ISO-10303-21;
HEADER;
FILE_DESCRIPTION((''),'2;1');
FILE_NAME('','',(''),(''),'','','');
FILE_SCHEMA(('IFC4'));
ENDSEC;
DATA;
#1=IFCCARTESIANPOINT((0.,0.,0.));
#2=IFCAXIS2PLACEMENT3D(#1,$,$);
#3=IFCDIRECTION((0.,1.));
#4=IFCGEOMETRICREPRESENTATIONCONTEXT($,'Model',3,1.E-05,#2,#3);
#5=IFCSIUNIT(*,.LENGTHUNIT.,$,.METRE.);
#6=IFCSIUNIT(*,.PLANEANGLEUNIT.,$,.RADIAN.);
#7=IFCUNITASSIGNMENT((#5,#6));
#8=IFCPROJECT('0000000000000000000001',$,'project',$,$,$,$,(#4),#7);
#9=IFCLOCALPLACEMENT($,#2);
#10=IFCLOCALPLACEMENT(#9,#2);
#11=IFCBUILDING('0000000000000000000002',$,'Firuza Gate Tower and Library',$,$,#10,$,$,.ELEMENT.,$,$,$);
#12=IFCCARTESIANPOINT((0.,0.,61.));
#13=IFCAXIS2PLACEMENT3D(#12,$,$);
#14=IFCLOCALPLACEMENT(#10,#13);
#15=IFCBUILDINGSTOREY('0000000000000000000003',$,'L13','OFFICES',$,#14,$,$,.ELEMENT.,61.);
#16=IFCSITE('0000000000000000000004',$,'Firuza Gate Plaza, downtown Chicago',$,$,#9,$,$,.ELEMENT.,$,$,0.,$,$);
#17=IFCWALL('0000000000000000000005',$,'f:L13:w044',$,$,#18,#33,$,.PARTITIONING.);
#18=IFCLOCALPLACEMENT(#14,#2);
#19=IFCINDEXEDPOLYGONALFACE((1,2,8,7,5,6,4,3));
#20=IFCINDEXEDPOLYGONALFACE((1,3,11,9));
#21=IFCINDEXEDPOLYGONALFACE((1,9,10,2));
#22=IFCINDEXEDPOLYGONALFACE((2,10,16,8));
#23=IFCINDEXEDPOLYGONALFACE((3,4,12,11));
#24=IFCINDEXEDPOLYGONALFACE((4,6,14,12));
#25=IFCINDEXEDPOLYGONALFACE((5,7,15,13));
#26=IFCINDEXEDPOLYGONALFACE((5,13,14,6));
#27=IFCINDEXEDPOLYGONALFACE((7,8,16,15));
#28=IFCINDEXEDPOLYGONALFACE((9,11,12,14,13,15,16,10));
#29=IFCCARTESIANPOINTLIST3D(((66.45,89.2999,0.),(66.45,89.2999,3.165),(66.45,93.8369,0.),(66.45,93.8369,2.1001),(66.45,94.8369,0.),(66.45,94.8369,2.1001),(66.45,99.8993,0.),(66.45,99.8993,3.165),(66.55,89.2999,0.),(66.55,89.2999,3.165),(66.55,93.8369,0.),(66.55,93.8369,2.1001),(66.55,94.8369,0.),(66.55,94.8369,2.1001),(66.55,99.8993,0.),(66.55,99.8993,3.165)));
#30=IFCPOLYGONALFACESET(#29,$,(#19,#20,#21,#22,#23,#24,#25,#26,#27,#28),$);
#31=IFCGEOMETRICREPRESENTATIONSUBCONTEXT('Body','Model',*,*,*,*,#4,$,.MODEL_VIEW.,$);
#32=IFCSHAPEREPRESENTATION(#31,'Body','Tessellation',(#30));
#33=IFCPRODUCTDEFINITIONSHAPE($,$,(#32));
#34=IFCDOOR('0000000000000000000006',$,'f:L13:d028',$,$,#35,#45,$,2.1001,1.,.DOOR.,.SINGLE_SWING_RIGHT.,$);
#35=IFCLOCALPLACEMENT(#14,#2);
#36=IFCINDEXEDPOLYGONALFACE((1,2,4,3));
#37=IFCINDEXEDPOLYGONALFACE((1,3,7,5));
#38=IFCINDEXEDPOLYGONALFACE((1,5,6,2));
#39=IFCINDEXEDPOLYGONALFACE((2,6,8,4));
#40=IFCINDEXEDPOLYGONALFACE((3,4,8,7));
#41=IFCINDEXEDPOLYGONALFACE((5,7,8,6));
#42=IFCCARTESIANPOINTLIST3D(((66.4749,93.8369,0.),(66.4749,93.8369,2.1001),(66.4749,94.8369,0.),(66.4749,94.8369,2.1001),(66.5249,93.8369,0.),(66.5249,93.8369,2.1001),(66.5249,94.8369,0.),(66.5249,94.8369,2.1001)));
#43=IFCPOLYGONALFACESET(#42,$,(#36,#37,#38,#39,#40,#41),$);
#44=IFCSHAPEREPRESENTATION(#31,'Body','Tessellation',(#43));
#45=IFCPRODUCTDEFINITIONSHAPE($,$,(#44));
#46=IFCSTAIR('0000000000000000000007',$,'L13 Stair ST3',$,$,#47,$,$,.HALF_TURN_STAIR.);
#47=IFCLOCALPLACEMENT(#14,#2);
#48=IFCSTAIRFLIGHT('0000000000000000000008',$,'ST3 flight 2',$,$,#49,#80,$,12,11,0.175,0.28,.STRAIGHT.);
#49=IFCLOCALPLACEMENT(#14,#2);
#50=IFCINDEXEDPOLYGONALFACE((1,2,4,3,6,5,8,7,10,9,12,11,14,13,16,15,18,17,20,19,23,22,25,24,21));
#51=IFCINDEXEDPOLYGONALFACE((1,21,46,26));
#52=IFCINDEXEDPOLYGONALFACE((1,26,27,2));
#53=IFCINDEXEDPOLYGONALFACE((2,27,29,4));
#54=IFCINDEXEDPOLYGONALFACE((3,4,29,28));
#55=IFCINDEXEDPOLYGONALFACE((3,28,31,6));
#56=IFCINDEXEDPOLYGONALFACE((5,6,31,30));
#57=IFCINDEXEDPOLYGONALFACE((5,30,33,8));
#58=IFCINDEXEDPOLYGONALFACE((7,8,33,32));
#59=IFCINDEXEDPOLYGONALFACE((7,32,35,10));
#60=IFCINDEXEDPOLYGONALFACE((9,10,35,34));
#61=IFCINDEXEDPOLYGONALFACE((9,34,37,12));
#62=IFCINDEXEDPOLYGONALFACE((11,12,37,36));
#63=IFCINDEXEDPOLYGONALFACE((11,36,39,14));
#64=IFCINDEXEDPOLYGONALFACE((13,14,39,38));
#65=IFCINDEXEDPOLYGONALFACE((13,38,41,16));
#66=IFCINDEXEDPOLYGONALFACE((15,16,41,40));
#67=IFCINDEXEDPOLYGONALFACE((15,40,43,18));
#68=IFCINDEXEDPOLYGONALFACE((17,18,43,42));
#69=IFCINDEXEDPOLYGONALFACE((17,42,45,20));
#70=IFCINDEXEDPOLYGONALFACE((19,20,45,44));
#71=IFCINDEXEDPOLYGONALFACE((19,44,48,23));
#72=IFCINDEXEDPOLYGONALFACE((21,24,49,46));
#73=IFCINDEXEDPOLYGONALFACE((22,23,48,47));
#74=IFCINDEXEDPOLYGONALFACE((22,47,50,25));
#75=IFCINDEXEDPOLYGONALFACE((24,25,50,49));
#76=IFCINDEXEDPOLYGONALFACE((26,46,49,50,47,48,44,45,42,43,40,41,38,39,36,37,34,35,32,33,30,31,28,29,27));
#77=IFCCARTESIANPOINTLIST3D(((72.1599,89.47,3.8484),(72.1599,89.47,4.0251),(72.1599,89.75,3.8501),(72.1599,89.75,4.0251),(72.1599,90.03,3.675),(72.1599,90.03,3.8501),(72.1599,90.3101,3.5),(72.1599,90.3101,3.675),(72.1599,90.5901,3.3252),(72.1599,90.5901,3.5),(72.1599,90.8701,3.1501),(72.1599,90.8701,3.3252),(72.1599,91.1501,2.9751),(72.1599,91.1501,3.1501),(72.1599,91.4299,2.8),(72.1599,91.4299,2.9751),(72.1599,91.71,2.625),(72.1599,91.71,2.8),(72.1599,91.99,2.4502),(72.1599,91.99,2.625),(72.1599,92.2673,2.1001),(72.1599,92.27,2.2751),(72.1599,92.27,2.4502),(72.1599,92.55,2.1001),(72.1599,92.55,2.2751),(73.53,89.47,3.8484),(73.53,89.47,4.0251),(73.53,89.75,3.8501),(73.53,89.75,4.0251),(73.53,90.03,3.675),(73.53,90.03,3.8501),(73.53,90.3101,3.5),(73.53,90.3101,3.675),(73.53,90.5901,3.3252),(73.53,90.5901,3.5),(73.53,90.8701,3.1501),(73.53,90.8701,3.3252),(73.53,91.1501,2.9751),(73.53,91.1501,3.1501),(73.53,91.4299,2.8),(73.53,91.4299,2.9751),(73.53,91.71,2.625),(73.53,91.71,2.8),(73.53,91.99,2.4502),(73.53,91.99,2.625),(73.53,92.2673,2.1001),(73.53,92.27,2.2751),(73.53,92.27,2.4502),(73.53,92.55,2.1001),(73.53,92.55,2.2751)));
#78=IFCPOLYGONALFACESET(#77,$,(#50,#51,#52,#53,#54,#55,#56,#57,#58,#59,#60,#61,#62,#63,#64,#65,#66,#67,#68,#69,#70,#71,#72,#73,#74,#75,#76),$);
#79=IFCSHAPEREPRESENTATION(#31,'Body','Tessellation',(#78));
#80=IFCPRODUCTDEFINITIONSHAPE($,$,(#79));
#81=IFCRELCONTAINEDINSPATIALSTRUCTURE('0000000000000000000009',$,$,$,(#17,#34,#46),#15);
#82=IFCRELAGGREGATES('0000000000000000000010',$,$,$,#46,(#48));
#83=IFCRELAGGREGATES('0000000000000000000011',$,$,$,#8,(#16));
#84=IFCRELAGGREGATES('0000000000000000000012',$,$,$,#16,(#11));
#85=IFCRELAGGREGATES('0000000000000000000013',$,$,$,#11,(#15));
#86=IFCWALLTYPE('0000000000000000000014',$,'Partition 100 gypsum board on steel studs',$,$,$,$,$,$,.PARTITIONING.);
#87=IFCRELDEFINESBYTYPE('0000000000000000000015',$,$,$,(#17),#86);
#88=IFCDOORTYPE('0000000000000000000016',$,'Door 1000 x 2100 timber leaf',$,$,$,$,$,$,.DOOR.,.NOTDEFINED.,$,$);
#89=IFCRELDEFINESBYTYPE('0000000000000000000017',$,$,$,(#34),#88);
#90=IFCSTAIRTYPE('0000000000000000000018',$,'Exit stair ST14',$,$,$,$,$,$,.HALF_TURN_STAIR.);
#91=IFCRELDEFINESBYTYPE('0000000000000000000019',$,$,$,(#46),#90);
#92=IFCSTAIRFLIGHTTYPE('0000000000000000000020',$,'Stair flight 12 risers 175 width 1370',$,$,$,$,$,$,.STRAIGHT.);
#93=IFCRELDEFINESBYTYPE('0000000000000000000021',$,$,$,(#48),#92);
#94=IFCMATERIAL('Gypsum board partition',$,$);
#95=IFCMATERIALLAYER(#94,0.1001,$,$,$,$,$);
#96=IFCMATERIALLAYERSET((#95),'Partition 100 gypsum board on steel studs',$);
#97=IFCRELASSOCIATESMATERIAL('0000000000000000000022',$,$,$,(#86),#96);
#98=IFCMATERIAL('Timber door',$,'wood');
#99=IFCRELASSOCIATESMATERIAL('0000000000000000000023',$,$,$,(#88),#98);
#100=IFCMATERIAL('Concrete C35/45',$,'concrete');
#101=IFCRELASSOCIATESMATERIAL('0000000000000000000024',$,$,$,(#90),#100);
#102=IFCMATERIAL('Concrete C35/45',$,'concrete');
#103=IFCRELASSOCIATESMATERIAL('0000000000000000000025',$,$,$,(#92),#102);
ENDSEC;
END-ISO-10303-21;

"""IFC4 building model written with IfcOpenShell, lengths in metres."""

from ifc_helpers import new_model, si_unit, direction, frame, frame_2d, origin, place, context, subcontext, project, spatial, polyline, rectangle, outline, extrude, material, layer, layer_set, type_object, element, fill, aggregate, save


model = new_model("IFC4")

# Units and contexts
model_context = context("Model", 3, precision=1e-05, world=origin(), true_north=direction((0.0, 1.0)))
body_context = subcontext(model_context, "Body", "Model", "MODEL_VIEW")
ifc_project = project(units=[si_unit("LENGTHUNIT", "METRE"), si_unit("PLANEANGLEUNIT", "RADIAN")], contexts=[model_context])

# Site, building, storey
site_placement = place(None, origin())
site = spatial("IfcSite", under=ifc_project, at=site_placement, Name="Firuza Gate Plaza, downtown Chicago", CompositionType="ELEMENT", RefElevation=0.0)
building_placement = place(site_placement, origin())
building = spatial("IfcBuilding", under=site, at=building_placement, Name="Firuza Gate Tower and Library", CompositionType="ELEMENT")
storey_placement = place(building_placement, frame((0.0, 0.0, 61.0)))
storey = spatial("IfcBuildingStorey", under=building, at=storey_placement, Name="L13", Description="OFFICES", CompositionType="ELEMENT", Elevation=61.0)

# Shared definitions
placement = place(storey_placement, origin())

# Shared definitions
ifc_material_1 = material(Name="Gypsum board partition")
ifc_layer_1 = layer(ifc_material_1, 0.1001)
ifc_layer_set_1 = layer_set([ifc_layer_1], Name="Partition 100 gypsum board on steel studs")
wall_type_1 = type_object("IfcWallType", Name="Partition 100 gypsum board on steel studs", PredefinedType="PARTITIONING", material=ifc_layer_set_1)

# Wall, opening, door
wall_1_placement = place(storey_placement, frame((66.5, 99.8994, 0.0), z_axis=(0.0, 0.0, 1.0), x_axis=(0.0, -1.0, 0.0)))
wall_1 = element("IfcWall", 1, at=wall_1_placement, inside=storey, type_object=wall_type_1, Name="f:L13:w044", PredefinedType="PARTITIONING", context=body_context, shape_type="SweptSolid", body=[
    extrude(rectangle(XDim=10.5994, YDim=0.1001, at=frame_2d((5.2998, 0.0))), origin(), (0.0, 0.0, 1.0), 3.165),
])
opening_1_placement = place(wall_1_placement, frame((5.0625, 0.0, 0.0)))
opening_1 = element("IfcOpeningElement", 2, at=opening_1_placement, cuts=wall_1, PredefinedType="OPENING", context=body_context, shape_type="SweptSolid", body=[
    extrude(rectangle(XDim=1.0, YDim=2.1001, at=frame_2d((0.5, 1.05))), frame((0.0, 0.0601, 0.0), z_axis=(0.0, -1.0, 0.0), x_axis=(1.0, 0.0, 0.0)), (0.0, 0.0, 1.0), 0.1201),
])
ifc_material_2 = material(Name="Timber door", Category="wood")
door_type_1 = type_object("IfcDoorType", Name="Door 1000 x 2100 timber leaf", OperationType="NOTDEFINED", PredefinedType="DOOR", material=ifc_material_2)
door_1_placement = place(opening_1_placement, origin())
door_1 = element("IfcDoor", 3, at=door_1_placement, inside=storey, type_object=door_type_1, Name="f:L13:d028", OperationType="SINGLE_SWING_RIGHT", OverallHeight=2.1001, OverallWidth=1.0, PredefinedType="DOOR", context=body_context, shape_type="SweptSolid", body=[
    extrude(rectangle(XDim=1.0, YDim=2.1001, at=frame_2d((0.5, 1.05))), frame((0.0, 0.0249, 0.0), z_axis=(0.0, -1.0, 0.0), x_axis=(1.0, 0.0, 0.0)), (0.0, 0.0, 1.0), 0.05),
])
fill(opening_1, door_1)

# Stair, stair flight
ifc_material_3 = material(Name="Concrete C35/45", Category="concrete")
stair_type = type_object("IfcStairType", Name="Exit stair ST14", PredefinedType="HALF_TURN_STAIR", material=ifc_material_3)
stair = element("IfcStair", 4, at=placement, inside=storey, type_object=stair_type, Name="L13 Stair ST3", PredefinedType="HALF_TURN_STAIR")
ifc_material_4 = material(Name="Concrete C35/45", Category="concrete")
stair_flight_type = type_object("IfcStairFlightType", Name="Stair flight 12 risers 175 width 1370", PredefinedType="STRAIGHT", material=ifc_material_4)
stair_flight_placement = place(storey_placement, frame((72.845, 92.55, 2.1001), z_axis=(0.0, 0.0, 1.0), x_axis=(0.0, -1.0, 0.0)))
stair_flight = element("IfcStairFlight", 5, at=stair_flight_placement, type_object=stair_flight_type, Name="ST3 flight 2", NumberOfRisers=12, NumberOfTreads=11, PredefinedType="STRAIGHT", RiserHeight=0.175, TreadLength=0.28, context=body_context, shape_type="SweptSolid", body=[
    extrude(outline(polyline([(0.0, 0.0), (0.0, 0.175), (0.28, 0.175), (0.28, 0.3501), (0.5601, 0.3501), (0.5601, 0.5249), (0.8401, 0.5249), (0.8401, 0.7), (1.1201, 0.7), (1.1201, 0.875), (1.3999, 0.875), (1.3999, 1.05), (1.6799, 1.05), (1.6799, 1.2251), (1.96, 1.2251), (1.96, 1.3999), (2.24, 1.3999), (2.24, 1.575), (2.52, 1.575), (2.52, 1.75), (2.8, 1.75), (2.8, 1.925), (3.0801, 1.925), (3.0801, 2.1001), (3.0801, 1.7483), (0.2827, 0.0), (0.0, 0.0)])), frame((0.0, 0.6851, 0.0), z_axis=(0.0, -1.0, 0.0), x_axis=(1.0, 0.0, 0.0)), (0.0, 0.0, 1.0), 1.3701),
])
aggregate(stair, [stair_flight])

save(model, "model.ifc")
